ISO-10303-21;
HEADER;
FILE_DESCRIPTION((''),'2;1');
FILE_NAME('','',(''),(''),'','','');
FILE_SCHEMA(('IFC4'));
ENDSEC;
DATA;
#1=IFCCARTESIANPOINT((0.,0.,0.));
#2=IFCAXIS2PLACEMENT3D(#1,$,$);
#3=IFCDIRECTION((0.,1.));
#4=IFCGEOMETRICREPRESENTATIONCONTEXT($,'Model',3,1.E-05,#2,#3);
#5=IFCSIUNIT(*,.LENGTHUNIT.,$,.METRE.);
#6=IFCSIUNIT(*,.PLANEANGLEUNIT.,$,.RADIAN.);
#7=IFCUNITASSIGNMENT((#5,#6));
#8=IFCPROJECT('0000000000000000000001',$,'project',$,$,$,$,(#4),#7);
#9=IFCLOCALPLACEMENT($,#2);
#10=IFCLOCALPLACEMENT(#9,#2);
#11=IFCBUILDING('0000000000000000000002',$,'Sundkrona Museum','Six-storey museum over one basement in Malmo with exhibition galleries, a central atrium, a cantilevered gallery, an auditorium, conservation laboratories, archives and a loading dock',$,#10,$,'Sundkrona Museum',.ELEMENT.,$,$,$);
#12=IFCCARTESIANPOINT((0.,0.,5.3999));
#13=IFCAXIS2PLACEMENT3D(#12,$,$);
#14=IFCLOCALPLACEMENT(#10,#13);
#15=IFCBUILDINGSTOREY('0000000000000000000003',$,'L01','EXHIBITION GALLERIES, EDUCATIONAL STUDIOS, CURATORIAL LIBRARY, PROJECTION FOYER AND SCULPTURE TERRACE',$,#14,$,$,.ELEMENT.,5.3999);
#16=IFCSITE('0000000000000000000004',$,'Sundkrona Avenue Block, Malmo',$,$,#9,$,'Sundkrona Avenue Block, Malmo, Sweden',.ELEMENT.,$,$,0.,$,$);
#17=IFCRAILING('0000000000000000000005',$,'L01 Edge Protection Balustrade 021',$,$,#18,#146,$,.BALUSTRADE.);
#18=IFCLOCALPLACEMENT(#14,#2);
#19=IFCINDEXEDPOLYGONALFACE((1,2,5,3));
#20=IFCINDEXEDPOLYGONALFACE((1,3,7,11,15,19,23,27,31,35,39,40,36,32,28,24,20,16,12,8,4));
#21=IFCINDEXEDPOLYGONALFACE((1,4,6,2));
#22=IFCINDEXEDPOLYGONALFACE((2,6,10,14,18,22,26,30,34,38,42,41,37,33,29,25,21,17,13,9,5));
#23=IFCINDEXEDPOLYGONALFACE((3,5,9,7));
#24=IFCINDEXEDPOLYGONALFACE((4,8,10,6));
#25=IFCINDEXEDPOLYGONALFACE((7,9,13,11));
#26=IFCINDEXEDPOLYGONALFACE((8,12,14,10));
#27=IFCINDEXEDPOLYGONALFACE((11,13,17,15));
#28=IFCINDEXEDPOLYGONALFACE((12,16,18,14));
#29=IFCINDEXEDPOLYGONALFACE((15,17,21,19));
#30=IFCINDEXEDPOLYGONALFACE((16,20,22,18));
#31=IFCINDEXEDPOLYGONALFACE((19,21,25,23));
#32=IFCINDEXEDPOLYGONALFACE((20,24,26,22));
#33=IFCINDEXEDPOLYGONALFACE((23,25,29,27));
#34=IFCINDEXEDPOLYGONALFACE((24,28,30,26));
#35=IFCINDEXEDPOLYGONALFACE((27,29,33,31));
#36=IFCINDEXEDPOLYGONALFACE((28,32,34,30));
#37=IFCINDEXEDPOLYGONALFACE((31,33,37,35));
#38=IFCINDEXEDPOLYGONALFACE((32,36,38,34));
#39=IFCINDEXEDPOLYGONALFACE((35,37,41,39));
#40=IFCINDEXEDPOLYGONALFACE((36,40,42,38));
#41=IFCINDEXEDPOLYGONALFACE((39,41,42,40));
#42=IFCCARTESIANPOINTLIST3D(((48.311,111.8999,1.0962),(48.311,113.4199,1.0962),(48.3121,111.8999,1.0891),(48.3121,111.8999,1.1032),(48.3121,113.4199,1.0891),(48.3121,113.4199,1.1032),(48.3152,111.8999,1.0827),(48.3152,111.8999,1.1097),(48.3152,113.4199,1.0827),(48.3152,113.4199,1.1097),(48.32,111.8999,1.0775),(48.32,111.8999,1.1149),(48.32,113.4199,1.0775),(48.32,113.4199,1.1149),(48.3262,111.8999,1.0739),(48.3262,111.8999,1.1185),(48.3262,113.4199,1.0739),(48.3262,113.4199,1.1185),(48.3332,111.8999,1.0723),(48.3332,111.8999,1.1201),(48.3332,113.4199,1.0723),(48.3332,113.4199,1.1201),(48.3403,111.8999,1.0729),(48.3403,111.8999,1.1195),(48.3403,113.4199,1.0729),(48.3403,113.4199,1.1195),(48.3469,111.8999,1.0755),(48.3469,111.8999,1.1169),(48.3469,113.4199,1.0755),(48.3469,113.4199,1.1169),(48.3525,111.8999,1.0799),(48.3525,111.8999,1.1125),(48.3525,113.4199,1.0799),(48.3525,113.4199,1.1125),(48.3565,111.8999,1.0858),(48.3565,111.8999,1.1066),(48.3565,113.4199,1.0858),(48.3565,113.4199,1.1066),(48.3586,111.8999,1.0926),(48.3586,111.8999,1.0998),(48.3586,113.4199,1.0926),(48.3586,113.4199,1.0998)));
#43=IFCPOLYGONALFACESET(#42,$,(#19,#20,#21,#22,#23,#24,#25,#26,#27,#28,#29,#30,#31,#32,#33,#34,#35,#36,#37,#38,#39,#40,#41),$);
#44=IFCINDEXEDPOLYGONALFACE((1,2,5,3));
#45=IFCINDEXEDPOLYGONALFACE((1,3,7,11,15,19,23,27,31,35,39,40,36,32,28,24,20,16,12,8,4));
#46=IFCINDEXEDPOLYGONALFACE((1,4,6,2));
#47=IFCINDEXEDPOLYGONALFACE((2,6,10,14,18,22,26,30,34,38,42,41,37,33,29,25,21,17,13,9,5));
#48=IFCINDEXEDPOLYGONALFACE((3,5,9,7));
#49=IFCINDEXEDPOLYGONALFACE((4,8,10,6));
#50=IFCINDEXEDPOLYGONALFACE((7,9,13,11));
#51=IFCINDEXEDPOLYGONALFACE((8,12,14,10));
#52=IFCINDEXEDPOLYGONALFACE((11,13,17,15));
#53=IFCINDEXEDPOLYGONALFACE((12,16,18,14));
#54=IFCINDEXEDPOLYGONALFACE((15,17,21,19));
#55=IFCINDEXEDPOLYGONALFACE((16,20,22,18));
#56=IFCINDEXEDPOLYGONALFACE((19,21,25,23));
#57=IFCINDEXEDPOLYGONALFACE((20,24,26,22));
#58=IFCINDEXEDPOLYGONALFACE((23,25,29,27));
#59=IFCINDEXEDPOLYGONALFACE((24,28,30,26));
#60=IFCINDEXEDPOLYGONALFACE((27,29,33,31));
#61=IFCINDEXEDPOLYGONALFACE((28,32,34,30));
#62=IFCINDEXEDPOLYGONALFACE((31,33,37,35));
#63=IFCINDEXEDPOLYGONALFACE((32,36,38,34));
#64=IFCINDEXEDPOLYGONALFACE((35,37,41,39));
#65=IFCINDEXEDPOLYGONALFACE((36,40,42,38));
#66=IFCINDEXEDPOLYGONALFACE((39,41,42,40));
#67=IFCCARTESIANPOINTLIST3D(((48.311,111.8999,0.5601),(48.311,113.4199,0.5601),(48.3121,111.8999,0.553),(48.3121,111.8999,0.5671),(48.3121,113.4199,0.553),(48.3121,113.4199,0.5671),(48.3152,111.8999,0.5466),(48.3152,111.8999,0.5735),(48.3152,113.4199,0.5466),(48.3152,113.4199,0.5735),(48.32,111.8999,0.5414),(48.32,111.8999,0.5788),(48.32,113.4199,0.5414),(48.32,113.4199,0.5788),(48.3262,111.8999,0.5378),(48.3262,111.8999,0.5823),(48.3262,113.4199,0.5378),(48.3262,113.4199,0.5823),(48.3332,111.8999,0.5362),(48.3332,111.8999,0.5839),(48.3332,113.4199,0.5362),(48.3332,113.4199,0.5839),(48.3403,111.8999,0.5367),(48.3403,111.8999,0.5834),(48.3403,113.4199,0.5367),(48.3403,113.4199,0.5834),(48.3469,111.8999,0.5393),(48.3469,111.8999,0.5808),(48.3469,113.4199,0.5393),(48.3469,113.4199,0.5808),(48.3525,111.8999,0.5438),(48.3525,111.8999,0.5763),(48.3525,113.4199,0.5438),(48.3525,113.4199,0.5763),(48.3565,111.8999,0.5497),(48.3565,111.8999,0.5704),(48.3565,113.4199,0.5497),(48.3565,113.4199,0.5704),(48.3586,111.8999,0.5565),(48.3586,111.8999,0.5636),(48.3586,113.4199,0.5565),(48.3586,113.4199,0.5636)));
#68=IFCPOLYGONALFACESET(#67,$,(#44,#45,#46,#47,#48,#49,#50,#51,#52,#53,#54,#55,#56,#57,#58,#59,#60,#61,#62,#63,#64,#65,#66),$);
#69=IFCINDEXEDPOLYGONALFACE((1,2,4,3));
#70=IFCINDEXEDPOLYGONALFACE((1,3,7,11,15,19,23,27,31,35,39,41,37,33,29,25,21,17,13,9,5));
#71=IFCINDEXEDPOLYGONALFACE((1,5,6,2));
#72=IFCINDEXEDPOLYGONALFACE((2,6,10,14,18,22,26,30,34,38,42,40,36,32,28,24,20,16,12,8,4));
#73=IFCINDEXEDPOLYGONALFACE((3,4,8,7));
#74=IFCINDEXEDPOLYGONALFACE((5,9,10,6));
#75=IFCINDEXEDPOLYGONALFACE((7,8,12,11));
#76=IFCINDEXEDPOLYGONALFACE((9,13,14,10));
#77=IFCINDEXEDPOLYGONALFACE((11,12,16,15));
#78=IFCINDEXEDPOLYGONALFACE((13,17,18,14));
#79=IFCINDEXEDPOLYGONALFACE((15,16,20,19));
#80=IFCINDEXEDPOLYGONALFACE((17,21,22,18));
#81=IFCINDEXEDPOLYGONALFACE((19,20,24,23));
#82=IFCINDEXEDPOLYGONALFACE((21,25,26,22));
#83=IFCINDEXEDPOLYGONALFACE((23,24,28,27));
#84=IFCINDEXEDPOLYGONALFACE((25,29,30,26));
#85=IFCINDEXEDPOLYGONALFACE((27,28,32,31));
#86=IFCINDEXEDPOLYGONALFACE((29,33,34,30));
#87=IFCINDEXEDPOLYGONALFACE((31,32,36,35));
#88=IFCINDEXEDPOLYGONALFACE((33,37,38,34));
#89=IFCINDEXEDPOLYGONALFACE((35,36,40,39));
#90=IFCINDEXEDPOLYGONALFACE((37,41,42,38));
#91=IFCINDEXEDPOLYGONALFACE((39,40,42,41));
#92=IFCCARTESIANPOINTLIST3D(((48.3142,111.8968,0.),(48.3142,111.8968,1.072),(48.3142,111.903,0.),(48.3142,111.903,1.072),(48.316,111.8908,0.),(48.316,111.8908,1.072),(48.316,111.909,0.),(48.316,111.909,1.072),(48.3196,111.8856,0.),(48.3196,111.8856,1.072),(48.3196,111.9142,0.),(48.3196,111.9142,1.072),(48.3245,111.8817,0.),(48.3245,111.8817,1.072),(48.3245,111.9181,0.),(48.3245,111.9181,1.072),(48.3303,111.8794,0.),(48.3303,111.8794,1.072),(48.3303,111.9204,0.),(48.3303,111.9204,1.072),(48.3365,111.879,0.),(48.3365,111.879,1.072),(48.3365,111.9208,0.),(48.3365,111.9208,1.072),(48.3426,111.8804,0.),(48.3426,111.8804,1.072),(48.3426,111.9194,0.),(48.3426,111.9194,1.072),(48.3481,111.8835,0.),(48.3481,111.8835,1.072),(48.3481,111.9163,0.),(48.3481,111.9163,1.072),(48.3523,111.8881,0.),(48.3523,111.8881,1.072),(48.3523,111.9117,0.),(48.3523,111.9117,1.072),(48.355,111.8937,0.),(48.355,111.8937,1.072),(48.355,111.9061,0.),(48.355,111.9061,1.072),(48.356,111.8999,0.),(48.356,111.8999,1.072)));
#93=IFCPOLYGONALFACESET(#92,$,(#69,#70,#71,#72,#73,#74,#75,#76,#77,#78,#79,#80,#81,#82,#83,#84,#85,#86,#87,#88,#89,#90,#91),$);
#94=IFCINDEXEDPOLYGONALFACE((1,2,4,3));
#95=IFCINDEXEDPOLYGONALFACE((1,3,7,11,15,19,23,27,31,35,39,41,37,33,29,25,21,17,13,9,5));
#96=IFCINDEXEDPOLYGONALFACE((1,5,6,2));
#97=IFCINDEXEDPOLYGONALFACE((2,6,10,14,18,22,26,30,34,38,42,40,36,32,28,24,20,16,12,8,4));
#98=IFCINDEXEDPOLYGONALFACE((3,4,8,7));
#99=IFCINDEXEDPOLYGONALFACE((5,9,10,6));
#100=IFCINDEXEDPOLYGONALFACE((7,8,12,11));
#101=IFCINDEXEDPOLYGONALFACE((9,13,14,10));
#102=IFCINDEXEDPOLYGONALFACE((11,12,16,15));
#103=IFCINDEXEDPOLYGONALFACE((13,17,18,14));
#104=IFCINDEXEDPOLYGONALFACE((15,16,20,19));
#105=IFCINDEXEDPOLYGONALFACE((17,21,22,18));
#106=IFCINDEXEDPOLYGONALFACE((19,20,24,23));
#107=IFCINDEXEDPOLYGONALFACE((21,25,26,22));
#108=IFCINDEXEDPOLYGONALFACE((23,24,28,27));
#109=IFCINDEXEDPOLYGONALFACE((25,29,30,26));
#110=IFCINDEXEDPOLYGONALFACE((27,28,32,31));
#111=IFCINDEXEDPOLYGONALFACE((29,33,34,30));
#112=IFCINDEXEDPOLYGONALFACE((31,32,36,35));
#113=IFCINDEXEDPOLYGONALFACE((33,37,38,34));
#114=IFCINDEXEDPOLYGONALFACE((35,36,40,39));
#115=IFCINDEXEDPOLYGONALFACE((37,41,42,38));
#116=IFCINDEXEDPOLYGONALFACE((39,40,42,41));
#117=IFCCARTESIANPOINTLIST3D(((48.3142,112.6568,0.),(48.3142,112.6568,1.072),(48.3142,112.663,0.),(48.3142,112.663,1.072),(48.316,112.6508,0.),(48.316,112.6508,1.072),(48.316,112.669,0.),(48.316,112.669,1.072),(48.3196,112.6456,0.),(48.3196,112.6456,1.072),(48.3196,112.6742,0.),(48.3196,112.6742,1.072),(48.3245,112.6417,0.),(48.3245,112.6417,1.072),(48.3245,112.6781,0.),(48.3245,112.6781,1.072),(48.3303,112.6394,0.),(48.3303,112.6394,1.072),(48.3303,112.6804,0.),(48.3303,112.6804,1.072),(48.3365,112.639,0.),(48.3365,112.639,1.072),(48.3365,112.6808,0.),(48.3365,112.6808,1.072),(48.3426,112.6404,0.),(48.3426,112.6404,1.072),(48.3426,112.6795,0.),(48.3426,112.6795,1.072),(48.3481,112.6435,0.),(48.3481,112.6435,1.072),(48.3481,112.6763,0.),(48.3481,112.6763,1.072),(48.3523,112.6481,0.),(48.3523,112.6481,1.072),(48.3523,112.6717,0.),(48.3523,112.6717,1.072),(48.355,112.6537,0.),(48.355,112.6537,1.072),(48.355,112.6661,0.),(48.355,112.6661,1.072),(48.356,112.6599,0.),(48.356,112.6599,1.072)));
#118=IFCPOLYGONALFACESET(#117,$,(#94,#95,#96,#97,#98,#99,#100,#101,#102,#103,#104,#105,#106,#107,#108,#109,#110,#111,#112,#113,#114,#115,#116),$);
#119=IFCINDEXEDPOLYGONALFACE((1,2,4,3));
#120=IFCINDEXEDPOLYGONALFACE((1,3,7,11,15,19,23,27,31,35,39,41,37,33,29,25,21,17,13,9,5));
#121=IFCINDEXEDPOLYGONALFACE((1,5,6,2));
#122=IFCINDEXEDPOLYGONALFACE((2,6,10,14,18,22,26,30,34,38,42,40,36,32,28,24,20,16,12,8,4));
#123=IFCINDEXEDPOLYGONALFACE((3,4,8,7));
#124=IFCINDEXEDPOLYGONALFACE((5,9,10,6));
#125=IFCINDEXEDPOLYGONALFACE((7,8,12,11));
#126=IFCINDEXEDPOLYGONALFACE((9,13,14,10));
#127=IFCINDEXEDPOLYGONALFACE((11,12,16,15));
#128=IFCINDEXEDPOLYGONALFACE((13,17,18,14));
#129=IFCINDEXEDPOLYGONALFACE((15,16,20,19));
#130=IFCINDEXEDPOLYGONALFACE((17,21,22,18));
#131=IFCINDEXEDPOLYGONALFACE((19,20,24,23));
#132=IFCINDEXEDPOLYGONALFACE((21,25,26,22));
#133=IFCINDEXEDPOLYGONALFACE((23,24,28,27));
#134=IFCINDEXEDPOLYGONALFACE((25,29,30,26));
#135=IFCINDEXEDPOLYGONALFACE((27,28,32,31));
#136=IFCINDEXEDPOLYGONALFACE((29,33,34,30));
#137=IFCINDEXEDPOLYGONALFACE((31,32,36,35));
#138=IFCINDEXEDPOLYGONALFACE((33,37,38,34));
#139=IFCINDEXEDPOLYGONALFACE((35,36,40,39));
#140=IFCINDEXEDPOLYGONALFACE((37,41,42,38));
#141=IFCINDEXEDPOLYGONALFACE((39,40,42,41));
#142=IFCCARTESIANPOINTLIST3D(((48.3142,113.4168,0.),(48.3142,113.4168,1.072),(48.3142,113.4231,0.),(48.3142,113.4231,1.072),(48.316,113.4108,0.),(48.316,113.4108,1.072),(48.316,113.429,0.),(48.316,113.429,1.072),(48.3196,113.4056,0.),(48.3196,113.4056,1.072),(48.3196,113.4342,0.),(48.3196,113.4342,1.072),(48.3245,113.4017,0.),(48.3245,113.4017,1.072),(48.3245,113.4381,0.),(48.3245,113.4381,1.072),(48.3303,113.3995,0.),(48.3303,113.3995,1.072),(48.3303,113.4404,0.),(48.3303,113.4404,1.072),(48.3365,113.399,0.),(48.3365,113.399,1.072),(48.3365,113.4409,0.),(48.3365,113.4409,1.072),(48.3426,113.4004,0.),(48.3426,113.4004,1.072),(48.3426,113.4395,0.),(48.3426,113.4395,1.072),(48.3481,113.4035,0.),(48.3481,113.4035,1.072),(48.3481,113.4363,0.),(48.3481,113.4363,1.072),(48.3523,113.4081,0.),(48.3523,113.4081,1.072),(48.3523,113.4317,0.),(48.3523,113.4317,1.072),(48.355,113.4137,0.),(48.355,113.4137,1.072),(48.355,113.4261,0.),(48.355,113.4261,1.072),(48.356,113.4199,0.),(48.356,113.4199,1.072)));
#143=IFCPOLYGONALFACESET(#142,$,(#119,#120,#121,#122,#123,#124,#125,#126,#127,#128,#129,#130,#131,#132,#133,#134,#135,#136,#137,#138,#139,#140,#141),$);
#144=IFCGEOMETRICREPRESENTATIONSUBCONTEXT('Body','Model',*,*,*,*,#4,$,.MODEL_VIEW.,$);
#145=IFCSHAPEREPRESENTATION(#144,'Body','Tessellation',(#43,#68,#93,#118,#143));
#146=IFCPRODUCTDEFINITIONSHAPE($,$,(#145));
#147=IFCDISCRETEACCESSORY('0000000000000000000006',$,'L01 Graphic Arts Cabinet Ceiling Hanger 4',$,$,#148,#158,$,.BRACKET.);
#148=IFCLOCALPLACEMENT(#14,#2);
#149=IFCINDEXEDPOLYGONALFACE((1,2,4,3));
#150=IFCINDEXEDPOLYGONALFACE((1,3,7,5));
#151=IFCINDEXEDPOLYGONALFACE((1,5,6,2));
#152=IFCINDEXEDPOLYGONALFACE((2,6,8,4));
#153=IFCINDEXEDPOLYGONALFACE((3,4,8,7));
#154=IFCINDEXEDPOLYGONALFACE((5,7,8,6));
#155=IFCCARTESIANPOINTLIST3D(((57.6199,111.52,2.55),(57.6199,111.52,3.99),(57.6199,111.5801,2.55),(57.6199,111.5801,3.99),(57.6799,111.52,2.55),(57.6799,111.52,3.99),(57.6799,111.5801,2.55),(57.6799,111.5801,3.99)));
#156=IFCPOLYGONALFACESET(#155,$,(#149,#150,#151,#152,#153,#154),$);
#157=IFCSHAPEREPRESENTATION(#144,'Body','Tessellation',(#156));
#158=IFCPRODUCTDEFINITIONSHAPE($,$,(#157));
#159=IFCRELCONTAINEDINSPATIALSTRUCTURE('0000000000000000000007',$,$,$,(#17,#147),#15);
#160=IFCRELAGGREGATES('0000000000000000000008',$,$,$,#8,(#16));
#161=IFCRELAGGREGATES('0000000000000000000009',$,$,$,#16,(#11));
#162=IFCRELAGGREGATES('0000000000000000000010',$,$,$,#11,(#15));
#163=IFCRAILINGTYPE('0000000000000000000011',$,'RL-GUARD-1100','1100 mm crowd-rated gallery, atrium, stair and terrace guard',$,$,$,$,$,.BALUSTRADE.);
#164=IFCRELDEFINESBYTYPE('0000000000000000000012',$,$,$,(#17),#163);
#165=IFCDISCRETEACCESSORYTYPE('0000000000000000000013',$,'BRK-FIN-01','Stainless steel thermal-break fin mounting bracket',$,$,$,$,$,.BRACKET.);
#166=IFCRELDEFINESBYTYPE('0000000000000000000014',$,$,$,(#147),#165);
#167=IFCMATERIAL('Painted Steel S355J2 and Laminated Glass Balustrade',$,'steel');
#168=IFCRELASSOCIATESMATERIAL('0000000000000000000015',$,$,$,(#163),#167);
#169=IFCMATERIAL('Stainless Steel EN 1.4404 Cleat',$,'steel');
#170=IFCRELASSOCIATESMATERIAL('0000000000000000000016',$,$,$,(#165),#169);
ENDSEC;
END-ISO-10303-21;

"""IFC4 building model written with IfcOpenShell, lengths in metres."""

from ifc_helpers import new_model, si_unit, direction, frame, origin, origin_2d, place, context, subcontext, project, spatial, rectangle, circle, extrude, material, type_object, element, save


model = new_model("IFC4")

# Units and contexts
model_context = context("Model", 3, precision=1e-05, world=origin(), true_north=direction((0.0, 1.0)))
body_context = subcontext(model_context, "Body", "Model", "MODEL_VIEW")
ifc_project = project(units=[si_unit("LENGTHUNIT", "METRE"), si_unit("PLANEANGLEUNIT", "RADIAN")], contexts=[model_context])

# Site, building, storey
site_placement = place(None, origin())
site = spatial("IfcSite", under=ifc_project, at=site_placement, Name="Sundkrona Avenue Block, Malmo", LongName="Sundkrona Avenue Block, Malmo, Sweden", CompositionType="ELEMENT", RefElevation=0.0)
building_placement = place(site_placement, origin())
building = spatial("IfcBuilding", under=site, at=building_placement, Name="Sundkrona Museum", Description="Six-storey museum over one basement in Malmo with exhibition galleries, a central atrium, a cantilevered gallery, an auditorium, conservation laboratories, archives and a loading dock", LongName="Sundkrona Museum", CompositionType="ELEMENT")
storey_placement = place(building_placement, frame((0.0, 0.0, 5.3999)))
storey = spatial("IfcBuildingStorey", under=building, at=storey_placement, Name="L01", Description="EXHIBITION GALLERIES, EDUCATIONAL STUDIOS, CURATORIAL LIBRARY, PROJECTION FOYER AND SCULPTURE TERRACE", CompositionType="ELEMENT", Elevation=5.3999)

# Railing
ifc_material_1 = material(Name="Painted Steel S355J2 and Laminated Glass Balustrade", Category="steel")
railing_type = type_object("IfcRailingType", Name="RL-GUARD-1100", Description="1100 mm crowd-rated gallery, atrium, stair and terrace guard", PredefinedType="BALUSTRADE", material=ifc_material_1)
railing_1_placement = place(storey_placement, frame((48.335, 111.8999, 0.0)))
element("IfcRailing", 1, at=railing_1_placement, inside=storey, type_object=railing_type, Name="L01 Edge Protection Balustrade 021", PredefinedType="BALUSTRADE", context=body_context, shape_type="SweptSolid", body=[
    extrude(circle(Radius=0.0239, at=origin_2d()), frame((0.0, 0.0, 1.0962), z_axis=(0.0, 1.0, 0.0), x_axis=(-1.0, 0.0, 0.0)), (0.0, 0.0, 1.0), 1.52),
    extrude(circle(Radius=0.0239, at=origin_2d()), frame((0.0, 0.0, 0.5601), z_axis=(0.0, 1.0, 0.0), x_axis=(-1.0, 0.0, 0.0)), (0.0, 0.0, 1.0), 1.52),
    extrude(circle(Radius=0.021, at=origin_2d()), origin(), (0.0, 0.0, 1.0), 1.072),
    extrude(circle(Radius=0.021, at=origin_2d()), frame((0.0, 0.76, 0.0)), (0.0, 0.0, 1.0), 1.072),
    extrude(circle(Radius=0.021, at=origin_2d()), frame((0.0, 1.52, 0.0)), (0.0, 0.0, 1.0), 1.072),
])

# Discrete accessory
ifc_material_2 = material(Name="Stainless Steel EN 1.4404 Cleat", Category="steel")
discrete_accessory_type = type_object("IfcDiscreteAccessoryType", Name="BRK-FIN-01", Description="Stainless steel thermal-break fin mounting bracket", PredefinedType="BRACKET", material=ifc_material_2)
discrete_accessory_placement = place(storey_placement, frame((57.6499, 111.55, 2.55), z_axis=(0.0, 0.0, 1.0), x_axis=(1.0, 0.0, 0.0)))
element("IfcDiscreteAccessory", 2, at=discrete_accessory_placement, inside=storey, type_object=discrete_accessory_type, Name="L01 Graphic Arts Cabinet Ceiling Hanger 4", PredefinedType="BRACKET", context=body_context, shape_type="SweptSolid", body=[
    extrude(rectangle(XDim=0.0601, YDim=0.0601, at=origin_2d()), origin(), (0.0, 0.0, 1.0), 1.4399),
])

save(model, "model.ifc")
